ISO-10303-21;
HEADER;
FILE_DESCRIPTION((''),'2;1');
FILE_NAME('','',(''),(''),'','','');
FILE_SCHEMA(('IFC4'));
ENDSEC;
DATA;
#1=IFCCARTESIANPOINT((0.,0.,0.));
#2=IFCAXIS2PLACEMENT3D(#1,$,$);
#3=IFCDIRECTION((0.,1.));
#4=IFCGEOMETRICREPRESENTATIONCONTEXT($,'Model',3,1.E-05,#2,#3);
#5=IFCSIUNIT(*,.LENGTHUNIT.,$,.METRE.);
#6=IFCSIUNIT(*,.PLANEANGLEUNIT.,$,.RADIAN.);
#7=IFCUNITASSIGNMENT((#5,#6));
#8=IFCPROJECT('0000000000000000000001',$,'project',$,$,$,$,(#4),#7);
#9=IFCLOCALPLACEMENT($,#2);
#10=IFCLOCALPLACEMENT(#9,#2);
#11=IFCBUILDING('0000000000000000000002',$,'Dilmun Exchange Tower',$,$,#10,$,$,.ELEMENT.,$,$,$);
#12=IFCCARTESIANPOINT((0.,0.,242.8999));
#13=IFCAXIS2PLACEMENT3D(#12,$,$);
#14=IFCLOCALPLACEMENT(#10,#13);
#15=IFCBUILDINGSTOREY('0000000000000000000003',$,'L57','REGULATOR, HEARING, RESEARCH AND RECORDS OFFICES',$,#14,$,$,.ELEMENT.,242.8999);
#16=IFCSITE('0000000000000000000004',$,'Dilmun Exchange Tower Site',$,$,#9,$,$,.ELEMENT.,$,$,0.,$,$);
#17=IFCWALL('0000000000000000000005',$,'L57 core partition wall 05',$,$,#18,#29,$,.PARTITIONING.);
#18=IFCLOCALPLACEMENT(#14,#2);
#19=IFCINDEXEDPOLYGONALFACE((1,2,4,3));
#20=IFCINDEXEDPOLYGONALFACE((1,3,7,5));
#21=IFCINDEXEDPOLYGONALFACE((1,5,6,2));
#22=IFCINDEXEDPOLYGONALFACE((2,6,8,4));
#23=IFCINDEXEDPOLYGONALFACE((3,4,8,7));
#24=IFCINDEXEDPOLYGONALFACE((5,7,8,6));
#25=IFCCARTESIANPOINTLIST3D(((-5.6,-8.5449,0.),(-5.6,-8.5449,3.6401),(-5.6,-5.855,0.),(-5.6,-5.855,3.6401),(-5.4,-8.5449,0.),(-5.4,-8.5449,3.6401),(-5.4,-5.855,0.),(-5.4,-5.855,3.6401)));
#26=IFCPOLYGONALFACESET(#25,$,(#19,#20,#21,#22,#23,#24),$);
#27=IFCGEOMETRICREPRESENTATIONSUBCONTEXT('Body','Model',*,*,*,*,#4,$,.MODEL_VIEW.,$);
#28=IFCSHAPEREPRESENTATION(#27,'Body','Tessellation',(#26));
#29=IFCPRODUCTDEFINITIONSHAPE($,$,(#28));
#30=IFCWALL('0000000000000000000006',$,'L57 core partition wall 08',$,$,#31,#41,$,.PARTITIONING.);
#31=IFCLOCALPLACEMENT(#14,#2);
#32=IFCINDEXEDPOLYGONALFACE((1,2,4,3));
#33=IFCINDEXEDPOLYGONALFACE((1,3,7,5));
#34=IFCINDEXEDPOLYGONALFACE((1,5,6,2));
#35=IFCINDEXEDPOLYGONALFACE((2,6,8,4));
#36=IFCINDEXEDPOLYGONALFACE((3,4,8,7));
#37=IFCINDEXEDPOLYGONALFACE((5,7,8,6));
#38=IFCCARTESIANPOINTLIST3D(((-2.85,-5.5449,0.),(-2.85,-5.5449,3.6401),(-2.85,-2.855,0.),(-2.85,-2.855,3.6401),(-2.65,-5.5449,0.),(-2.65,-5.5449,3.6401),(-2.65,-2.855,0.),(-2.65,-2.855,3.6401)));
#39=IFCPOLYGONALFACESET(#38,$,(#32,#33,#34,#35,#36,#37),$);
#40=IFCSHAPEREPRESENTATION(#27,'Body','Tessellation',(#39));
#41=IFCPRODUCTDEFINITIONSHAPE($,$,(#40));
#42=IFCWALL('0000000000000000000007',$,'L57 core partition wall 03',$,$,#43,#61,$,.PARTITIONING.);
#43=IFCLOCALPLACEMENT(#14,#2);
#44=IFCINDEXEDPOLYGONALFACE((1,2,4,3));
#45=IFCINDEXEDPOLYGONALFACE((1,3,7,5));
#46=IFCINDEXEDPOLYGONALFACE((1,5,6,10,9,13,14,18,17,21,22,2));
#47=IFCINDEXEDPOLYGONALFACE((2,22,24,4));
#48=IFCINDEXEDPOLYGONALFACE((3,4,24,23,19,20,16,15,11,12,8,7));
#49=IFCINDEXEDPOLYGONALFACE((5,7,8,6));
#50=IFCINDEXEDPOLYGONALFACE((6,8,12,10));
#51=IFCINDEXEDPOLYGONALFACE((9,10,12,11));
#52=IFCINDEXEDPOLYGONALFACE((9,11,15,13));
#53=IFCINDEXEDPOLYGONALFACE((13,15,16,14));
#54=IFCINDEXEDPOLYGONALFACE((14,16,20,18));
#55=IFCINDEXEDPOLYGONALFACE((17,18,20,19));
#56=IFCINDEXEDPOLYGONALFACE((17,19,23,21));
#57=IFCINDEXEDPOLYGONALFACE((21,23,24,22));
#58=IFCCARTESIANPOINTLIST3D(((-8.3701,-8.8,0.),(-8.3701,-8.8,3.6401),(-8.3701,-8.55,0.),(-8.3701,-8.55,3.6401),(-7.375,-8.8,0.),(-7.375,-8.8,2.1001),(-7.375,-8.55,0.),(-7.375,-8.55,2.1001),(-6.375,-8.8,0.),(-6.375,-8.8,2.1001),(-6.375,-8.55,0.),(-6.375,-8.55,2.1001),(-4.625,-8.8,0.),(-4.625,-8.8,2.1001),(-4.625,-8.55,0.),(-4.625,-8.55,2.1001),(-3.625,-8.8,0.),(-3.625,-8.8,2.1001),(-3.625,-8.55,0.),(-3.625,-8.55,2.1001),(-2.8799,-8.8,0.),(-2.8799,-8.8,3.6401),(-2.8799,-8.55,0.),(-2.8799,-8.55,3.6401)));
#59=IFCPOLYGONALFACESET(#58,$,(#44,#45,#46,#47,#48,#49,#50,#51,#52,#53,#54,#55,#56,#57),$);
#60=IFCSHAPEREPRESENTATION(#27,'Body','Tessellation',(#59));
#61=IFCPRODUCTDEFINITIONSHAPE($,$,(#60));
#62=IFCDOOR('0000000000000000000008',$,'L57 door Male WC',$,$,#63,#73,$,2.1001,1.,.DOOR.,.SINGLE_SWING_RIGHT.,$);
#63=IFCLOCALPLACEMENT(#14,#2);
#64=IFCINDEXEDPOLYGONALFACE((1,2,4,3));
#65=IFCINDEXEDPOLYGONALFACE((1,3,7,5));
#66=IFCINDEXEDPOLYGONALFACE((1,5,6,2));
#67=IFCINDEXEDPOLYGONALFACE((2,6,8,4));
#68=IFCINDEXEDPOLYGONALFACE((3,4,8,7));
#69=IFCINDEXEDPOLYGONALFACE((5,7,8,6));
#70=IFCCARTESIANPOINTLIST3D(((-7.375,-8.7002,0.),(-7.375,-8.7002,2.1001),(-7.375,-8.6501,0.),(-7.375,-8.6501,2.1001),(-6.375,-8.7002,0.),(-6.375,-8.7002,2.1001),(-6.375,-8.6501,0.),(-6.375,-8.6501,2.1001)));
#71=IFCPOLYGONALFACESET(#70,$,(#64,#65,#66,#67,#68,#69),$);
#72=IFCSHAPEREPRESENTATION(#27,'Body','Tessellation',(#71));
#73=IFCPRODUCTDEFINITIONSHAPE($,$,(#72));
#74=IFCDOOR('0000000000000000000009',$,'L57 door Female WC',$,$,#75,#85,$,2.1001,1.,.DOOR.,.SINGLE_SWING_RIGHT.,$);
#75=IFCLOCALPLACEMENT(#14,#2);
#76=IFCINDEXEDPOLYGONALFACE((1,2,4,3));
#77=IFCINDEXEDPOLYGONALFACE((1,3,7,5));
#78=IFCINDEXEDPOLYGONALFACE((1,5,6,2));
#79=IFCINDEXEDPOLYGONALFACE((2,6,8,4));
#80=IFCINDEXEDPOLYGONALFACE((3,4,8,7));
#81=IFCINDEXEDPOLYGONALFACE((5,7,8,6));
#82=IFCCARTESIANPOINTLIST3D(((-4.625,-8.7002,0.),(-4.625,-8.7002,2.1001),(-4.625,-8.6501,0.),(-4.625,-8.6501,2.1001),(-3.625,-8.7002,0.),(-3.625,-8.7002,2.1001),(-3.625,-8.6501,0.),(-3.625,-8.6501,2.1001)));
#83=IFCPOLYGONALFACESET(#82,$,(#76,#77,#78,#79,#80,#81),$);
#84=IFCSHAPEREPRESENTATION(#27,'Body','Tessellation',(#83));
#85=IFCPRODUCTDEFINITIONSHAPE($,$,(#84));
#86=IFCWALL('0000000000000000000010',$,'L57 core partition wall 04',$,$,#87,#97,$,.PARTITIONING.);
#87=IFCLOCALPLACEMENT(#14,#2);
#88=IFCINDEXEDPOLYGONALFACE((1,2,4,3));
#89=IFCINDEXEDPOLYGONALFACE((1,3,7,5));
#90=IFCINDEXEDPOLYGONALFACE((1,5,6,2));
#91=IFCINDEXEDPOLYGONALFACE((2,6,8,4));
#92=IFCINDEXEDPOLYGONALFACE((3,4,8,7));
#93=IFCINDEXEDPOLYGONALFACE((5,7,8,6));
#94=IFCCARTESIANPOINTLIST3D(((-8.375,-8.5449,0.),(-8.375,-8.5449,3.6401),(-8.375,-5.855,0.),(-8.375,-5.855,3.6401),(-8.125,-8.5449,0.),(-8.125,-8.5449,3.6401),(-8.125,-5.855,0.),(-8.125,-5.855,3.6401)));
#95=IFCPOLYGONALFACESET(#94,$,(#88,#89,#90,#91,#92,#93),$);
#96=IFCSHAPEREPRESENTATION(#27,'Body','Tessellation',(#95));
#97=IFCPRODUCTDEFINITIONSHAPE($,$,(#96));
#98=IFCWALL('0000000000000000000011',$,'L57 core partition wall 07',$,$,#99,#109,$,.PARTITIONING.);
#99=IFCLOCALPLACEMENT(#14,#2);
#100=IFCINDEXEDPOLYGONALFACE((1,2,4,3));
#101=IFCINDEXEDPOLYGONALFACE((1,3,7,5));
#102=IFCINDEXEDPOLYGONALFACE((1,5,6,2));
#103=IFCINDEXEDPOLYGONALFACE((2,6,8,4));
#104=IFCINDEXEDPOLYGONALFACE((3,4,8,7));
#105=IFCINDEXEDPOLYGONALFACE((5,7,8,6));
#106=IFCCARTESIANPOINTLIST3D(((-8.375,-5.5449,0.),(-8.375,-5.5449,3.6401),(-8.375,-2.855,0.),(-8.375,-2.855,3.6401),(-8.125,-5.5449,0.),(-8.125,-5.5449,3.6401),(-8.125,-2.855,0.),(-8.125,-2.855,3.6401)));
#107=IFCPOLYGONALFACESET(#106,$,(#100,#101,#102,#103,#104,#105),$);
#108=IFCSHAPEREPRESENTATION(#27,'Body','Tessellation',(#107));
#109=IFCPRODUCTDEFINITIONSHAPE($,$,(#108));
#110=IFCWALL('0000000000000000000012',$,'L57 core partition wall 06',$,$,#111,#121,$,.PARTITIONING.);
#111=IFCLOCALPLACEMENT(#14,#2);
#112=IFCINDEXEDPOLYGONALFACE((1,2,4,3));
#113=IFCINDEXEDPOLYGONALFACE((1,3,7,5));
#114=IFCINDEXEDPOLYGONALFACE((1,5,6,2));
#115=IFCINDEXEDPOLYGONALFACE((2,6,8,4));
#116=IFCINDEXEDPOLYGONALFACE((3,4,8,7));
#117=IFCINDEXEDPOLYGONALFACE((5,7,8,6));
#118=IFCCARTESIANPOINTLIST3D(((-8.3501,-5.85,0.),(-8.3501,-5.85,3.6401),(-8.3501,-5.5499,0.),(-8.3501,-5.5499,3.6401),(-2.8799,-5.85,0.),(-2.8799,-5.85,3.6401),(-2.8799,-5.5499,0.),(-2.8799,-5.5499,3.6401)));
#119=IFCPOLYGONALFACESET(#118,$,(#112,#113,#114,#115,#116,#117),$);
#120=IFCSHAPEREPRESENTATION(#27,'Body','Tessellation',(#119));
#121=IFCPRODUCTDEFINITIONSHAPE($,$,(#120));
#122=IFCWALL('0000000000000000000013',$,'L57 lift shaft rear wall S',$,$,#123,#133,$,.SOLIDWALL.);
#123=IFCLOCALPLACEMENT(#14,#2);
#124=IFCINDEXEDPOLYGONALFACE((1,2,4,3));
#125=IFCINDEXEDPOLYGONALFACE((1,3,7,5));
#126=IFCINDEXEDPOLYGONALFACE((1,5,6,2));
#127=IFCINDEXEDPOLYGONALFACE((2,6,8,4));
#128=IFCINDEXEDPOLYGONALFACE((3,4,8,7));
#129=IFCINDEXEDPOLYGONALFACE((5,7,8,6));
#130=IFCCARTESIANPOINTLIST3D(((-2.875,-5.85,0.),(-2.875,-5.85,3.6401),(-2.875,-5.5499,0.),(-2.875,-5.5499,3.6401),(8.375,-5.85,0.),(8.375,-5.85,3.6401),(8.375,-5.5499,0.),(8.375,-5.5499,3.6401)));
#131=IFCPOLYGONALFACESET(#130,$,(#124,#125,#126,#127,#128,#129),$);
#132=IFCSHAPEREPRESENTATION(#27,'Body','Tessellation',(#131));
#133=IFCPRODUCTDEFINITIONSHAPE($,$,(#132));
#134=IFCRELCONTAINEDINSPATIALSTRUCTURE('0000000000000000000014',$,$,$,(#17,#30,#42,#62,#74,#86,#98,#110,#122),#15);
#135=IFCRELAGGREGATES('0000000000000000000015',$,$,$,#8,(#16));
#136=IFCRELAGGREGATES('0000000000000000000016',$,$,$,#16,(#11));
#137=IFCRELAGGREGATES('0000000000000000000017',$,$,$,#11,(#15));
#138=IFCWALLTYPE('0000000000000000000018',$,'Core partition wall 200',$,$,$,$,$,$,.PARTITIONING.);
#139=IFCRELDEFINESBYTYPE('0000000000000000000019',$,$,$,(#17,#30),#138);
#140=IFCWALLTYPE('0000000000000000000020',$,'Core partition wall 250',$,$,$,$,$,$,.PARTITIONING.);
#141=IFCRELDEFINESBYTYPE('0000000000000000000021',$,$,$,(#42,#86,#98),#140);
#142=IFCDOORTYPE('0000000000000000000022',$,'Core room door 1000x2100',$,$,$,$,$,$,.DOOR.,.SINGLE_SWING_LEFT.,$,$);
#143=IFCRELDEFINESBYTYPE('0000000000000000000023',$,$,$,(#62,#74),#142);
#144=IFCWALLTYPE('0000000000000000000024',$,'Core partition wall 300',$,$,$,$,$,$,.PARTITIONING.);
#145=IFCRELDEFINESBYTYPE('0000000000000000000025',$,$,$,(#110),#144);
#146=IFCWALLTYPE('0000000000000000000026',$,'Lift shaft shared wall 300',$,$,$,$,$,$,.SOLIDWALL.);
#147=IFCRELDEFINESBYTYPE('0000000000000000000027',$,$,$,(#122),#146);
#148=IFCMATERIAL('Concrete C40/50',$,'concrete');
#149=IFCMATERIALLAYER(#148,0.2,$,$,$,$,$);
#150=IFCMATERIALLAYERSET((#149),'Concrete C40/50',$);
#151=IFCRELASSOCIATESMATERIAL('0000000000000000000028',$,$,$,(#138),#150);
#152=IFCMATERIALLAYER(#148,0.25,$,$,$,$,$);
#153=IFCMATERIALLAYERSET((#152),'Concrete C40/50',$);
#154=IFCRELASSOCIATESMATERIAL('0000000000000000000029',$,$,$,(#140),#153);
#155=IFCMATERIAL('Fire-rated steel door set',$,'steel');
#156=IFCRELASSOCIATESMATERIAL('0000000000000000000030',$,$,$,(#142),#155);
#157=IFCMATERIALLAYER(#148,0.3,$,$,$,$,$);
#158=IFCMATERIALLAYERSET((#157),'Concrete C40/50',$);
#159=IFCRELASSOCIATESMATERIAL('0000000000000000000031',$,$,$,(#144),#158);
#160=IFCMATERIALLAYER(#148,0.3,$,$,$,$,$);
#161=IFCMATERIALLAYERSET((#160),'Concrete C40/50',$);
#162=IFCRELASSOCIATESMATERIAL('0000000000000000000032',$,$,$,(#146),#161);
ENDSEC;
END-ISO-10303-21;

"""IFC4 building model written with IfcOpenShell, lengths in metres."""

from ifc_helpers import new_model, si_unit, direction, frame, frame_2d, origin, place, context, subcontext, project, spatial, rectangle, extrude, material, layer, layer_set, type_object, element, fill, save


model = new_model("IFC4")

# Units and contexts
model_context = context("Model", 3, precision=1e-05, world=origin(), true_north=direction((0.0, 1.0)))
body_context = subcontext(model_context, "Body", "Model", "MODEL_VIEW")
ifc_project = project(units=[si_unit("LENGTHUNIT", "METRE"), si_unit("PLANEANGLEUNIT", "RADIAN")], contexts=[model_context])

# Site, building, storey
site_placement = place(None, origin())
site = spatial("IfcSite", under=ifc_project, at=site_placement, Name="Dilmun Exchange Tower Site", CompositionType="ELEMENT", RefElevation=0.0)
building_placement = place(site_placement, origin())
building = spatial("IfcBuilding", under=site, at=building_placement, Name="Dilmun Exchange Tower", CompositionType="ELEMENT")
storey_placement = place(building_placement, frame((0.0, 0.0, 242.8999)))
storey = spatial("IfcBuildingStorey", under=building, at=storey_placement, Name="L57", Description="REGULATOR, HEARING, RESEARCH AND RECORDS OFFICES", CompositionType="ELEMENT", Elevation=242.8999)

# Walls
ifc_material_1 = material(Name="Concrete C40/50", Category="concrete")
ifc_layer_1 = layer(ifc_material_1, 0.2)
ifc_layer_set_1 = layer_set([ifc_layer_1], Name="Concrete C40/50")
wall_type_1 = type_object("IfcWallType", Name="Core partition wall 200", PredefinedType="PARTITIONING", material=ifc_layer_set_1)
for number, where, z_axis, x_axis, name in (
    (1, (-5.5, -8.5449, 0.0), (0.0, 0.0, 1.0), (0.0, 1.0, 0.0), "L57 core partition wall 05"),
    (2, (-2.75, -5.5449, 0.0), (0.0, 0.0, 1.0), (0.0, 1.0, 0.0), "L57 core partition wall 08"),
):
    element("IfcWall", number, at=place(storey_placement, frame(where, z_axis=z_axis, x_axis=x_axis)), inside=storey, type_object=wall_type_1, Name=name, PredefinedType="PARTITIONING", context=body_context, shape_type="SweptSolid", body=[
        extrude(rectangle(XDim=2.6899, YDim=0.2, at=frame_2d((1.345, 0.0))), origin(), (0.0, 0.0, 1.0), 3.6401),
    ])

# Wall, openings, doors
ifc_layer_2 = layer(ifc_material_1, 0.25)
ifc_layer_set_2 = layer_set([ifc_layer_2], Name="Concrete C40/50")
wall_type_2 = type_object("IfcWallType", Name="Core partition wall 250", PredefinedType="PARTITIONING", material=ifc_layer_set_2)
wall_1_placement = place(storey_placement, frame((-8.3701, -8.675, 0.0), z_axis=(0.0, 0.0, 1.0), x_axis=(1.0, 0.0, 0.0)))
wall_1 = element("IfcWall", 3, at=wall_1_placement, inside=storey, type_object=wall_type_2, Name="L57 core partition wall 03", PredefinedType="PARTITIONING", context=body_context, shape_type="SweptSolid", body=[
    extrude(rectangle(XDim=5.4902, YDim=0.25, at=frame_2d((2.7451, 0.0))), origin(), (0.0, 0.0, 1.0), 3.6401),
])
opening_1_placement = place(wall_1_placement, frame((0.9951, 0.0, 0.0)))
opening_1 = element("IfcOpeningElement", 4, at=opening_1_placement, cuts=wall_1, PredefinedType="OPENING", context=body_context, shape_type="SweptSolid", body=[
    extrude(rectangle(XDim=1.0, YDim=2.1001, at=frame_2d((0.5, 1.05))), frame((0.0, 0.135, 0.0), z_axis=(0.0, -1.0, 0.0), x_axis=(1.0, 0.0, 0.0)), (0.0, 0.0, 1.0), 0.27),
])
opening_2_placement = place(wall_1_placement, frame((3.7451, 0.0, 0.0)))
opening_2 = element("IfcOpeningElement", 5, at=opening_2_placement, cuts=wall_1, PredefinedType="OPENING", context=body_context, shape_type="SweptSolid", body=[
    extrude(rectangle(XDim=1.0, YDim=2.1001, at=frame_2d((0.5, 1.05))), frame((0.0, 0.135, 0.0), z_axis=(0.0, -1.0, 0.0), x_axis=(1.0, 0.0, 0.0)), (0.0, 0.0, 1.0), 0.27),
])
ifc_material_2 = material(Name="Fire-rated steel door set", Category="steel")
door_type_1 = type_object("IfcDoorType", Name="Core room door 1000x2100", OperationType="SINGLE_SWING_LEFT", PredefinedType="DOOR", material=ifc_material_2)
door_1_placement = place(opening_1_placement, origin())
door_1 = element("IfcDoor", 6, at=door_1_placement, inside=storey, type_object=door_type_1, Name="L57 door Male WC", OperationType="SINGLE_SWING_RIGHT", OverallHeight=2.1001, OverallWidth=1.0, PredefinedType="DOOR", context=body_context, shape_type="SweptSolid", body=[
    extrude(rectangle(XDim=1.0, YDim=2.1001, at=frame_2d((0.5, 1.05))), frame((0.0, 0.0249, 0.0), z_axis=(0.0, -1.0, 0.0), x_axis=(1.0, 0.0, 0.0)), (0.0, 0.0, 1.0), 0.05),
])
fill(opening_1, door_1)
door_2_placement = place(opening_2_placement, origin())
door_2 = element("IfcDoor", 7, at=door_2_placement, inside=storey, type_object=door_type_1, Name="L57 door Female WC", OperationType="SINGLE_SWING_RIGHT", OverallHeight=2.1001, OverallWidth=1.0, PredefinedType="DOOR", context=body_context, shape_type="SweptSolid", body=[
    extrude(rectangle(XDim=1.0, YDim=2.1001, at=frame_2d((0.5, 1.05))), frame((0.0, 0.0249, 0.0), z_axis=(0.0, -1.0, 0.0), x_axis=(1.0, 0.0, 0.0)), (0.0, 0.0, 1.0), 0.05),
])
fill(opening_2, door_2)

# Walls
for number, where, z_axis, x_axis, name in (
    (8, (-8.25, -8.5449, 0.0), (0.0, 0.0, 1.0), (0.0, 1.0, 0.0), "L57 core partition wall 04"),
    (9, (-8.25, -5.5449, 0.0), (0.0, 0.0, 1.0), (0.0, 1.0, 0.0), "L57 core partition wall 07"),
):
    element("IfcWall", number, at=place(storey_placement, frame(where, z_axis=z_axis, x_axis=x_axis)), inside=storey, type_object=wall_type_2, Name=name, PredefinedType="PARTITIONING", context=body_context, shape_type="SweptSolid", body=[
        extrude(rectangle(XDim=2.6899, YDim=0.25, at=frame_2d((1.345, 0.0))), origin(), (0.0, 0.0, 1.0), 3.6401),
    ])
ifc_layer_3 = layer(ifc_material_1, 0.3)
ifc_layer_set_3 = layer_set([ifc_layer_3], Name="Concrete C40/50")
wall_type_3 = type_object("IfcWallType", Name="Core partition wall 300", PredefinedType="PARTITIONING", material=ifc_layer_set_3)
wall_2_placement = place(storey_placement, frame((-8.3501, -5.7, 0.0), z_axis=(0.0, 0.0, 1.0), x_axis=(1.0, 0.0, 0.0)))
element("IfcWall", 10, at=wall_2_placement, inside=storey, type_object=wall_type_3, Name="L57 core partition wall 06", PredefinedType="PARTITIONING", context=body_context, shape_type="SweptSolid", body=[
    extrude(rectangle(XDim=5.4702, YDim=0.3, at=frame_2d((2.7351, 0.0))), origin(), (0.0, 0.0, 1.0), 3.6401),
])
ifc_layer_4 = layer(ifc_material_1, 0.3)
ifc_layer_set_4 = layer_set([ifc_layer_4], Name="Concrete C40/50")
wall_type_4 = type_object("IfcWallType", Name="Lift shaft shared wall 300", PredefinedType="SOLIDWALL", material=ifc_layer_set_4)
wall_3_placement = place(storey_placement, frame((-2.875, -5.7, 0.0), z_axis=(0.0, 0.0, 1.0), x_axis=(1.0, 0.0, 0.0)))
element("IfcWall", 11, at=wall_3_placement, inside=storey, type_object=wall_type_4, Name="L57 lift shaft rear wall S", PredefinedType="SOLIDWALL", context=body_context, shape_type="SweptSolid", body=[
    extrude(rectangle(XDim=11.25, YDim=0.3, at=frame_2d((5.625, 0.0))), origin(), (0.0, 0.0, 1.0), 3.6401),
])

save(model, "model.ifc")
